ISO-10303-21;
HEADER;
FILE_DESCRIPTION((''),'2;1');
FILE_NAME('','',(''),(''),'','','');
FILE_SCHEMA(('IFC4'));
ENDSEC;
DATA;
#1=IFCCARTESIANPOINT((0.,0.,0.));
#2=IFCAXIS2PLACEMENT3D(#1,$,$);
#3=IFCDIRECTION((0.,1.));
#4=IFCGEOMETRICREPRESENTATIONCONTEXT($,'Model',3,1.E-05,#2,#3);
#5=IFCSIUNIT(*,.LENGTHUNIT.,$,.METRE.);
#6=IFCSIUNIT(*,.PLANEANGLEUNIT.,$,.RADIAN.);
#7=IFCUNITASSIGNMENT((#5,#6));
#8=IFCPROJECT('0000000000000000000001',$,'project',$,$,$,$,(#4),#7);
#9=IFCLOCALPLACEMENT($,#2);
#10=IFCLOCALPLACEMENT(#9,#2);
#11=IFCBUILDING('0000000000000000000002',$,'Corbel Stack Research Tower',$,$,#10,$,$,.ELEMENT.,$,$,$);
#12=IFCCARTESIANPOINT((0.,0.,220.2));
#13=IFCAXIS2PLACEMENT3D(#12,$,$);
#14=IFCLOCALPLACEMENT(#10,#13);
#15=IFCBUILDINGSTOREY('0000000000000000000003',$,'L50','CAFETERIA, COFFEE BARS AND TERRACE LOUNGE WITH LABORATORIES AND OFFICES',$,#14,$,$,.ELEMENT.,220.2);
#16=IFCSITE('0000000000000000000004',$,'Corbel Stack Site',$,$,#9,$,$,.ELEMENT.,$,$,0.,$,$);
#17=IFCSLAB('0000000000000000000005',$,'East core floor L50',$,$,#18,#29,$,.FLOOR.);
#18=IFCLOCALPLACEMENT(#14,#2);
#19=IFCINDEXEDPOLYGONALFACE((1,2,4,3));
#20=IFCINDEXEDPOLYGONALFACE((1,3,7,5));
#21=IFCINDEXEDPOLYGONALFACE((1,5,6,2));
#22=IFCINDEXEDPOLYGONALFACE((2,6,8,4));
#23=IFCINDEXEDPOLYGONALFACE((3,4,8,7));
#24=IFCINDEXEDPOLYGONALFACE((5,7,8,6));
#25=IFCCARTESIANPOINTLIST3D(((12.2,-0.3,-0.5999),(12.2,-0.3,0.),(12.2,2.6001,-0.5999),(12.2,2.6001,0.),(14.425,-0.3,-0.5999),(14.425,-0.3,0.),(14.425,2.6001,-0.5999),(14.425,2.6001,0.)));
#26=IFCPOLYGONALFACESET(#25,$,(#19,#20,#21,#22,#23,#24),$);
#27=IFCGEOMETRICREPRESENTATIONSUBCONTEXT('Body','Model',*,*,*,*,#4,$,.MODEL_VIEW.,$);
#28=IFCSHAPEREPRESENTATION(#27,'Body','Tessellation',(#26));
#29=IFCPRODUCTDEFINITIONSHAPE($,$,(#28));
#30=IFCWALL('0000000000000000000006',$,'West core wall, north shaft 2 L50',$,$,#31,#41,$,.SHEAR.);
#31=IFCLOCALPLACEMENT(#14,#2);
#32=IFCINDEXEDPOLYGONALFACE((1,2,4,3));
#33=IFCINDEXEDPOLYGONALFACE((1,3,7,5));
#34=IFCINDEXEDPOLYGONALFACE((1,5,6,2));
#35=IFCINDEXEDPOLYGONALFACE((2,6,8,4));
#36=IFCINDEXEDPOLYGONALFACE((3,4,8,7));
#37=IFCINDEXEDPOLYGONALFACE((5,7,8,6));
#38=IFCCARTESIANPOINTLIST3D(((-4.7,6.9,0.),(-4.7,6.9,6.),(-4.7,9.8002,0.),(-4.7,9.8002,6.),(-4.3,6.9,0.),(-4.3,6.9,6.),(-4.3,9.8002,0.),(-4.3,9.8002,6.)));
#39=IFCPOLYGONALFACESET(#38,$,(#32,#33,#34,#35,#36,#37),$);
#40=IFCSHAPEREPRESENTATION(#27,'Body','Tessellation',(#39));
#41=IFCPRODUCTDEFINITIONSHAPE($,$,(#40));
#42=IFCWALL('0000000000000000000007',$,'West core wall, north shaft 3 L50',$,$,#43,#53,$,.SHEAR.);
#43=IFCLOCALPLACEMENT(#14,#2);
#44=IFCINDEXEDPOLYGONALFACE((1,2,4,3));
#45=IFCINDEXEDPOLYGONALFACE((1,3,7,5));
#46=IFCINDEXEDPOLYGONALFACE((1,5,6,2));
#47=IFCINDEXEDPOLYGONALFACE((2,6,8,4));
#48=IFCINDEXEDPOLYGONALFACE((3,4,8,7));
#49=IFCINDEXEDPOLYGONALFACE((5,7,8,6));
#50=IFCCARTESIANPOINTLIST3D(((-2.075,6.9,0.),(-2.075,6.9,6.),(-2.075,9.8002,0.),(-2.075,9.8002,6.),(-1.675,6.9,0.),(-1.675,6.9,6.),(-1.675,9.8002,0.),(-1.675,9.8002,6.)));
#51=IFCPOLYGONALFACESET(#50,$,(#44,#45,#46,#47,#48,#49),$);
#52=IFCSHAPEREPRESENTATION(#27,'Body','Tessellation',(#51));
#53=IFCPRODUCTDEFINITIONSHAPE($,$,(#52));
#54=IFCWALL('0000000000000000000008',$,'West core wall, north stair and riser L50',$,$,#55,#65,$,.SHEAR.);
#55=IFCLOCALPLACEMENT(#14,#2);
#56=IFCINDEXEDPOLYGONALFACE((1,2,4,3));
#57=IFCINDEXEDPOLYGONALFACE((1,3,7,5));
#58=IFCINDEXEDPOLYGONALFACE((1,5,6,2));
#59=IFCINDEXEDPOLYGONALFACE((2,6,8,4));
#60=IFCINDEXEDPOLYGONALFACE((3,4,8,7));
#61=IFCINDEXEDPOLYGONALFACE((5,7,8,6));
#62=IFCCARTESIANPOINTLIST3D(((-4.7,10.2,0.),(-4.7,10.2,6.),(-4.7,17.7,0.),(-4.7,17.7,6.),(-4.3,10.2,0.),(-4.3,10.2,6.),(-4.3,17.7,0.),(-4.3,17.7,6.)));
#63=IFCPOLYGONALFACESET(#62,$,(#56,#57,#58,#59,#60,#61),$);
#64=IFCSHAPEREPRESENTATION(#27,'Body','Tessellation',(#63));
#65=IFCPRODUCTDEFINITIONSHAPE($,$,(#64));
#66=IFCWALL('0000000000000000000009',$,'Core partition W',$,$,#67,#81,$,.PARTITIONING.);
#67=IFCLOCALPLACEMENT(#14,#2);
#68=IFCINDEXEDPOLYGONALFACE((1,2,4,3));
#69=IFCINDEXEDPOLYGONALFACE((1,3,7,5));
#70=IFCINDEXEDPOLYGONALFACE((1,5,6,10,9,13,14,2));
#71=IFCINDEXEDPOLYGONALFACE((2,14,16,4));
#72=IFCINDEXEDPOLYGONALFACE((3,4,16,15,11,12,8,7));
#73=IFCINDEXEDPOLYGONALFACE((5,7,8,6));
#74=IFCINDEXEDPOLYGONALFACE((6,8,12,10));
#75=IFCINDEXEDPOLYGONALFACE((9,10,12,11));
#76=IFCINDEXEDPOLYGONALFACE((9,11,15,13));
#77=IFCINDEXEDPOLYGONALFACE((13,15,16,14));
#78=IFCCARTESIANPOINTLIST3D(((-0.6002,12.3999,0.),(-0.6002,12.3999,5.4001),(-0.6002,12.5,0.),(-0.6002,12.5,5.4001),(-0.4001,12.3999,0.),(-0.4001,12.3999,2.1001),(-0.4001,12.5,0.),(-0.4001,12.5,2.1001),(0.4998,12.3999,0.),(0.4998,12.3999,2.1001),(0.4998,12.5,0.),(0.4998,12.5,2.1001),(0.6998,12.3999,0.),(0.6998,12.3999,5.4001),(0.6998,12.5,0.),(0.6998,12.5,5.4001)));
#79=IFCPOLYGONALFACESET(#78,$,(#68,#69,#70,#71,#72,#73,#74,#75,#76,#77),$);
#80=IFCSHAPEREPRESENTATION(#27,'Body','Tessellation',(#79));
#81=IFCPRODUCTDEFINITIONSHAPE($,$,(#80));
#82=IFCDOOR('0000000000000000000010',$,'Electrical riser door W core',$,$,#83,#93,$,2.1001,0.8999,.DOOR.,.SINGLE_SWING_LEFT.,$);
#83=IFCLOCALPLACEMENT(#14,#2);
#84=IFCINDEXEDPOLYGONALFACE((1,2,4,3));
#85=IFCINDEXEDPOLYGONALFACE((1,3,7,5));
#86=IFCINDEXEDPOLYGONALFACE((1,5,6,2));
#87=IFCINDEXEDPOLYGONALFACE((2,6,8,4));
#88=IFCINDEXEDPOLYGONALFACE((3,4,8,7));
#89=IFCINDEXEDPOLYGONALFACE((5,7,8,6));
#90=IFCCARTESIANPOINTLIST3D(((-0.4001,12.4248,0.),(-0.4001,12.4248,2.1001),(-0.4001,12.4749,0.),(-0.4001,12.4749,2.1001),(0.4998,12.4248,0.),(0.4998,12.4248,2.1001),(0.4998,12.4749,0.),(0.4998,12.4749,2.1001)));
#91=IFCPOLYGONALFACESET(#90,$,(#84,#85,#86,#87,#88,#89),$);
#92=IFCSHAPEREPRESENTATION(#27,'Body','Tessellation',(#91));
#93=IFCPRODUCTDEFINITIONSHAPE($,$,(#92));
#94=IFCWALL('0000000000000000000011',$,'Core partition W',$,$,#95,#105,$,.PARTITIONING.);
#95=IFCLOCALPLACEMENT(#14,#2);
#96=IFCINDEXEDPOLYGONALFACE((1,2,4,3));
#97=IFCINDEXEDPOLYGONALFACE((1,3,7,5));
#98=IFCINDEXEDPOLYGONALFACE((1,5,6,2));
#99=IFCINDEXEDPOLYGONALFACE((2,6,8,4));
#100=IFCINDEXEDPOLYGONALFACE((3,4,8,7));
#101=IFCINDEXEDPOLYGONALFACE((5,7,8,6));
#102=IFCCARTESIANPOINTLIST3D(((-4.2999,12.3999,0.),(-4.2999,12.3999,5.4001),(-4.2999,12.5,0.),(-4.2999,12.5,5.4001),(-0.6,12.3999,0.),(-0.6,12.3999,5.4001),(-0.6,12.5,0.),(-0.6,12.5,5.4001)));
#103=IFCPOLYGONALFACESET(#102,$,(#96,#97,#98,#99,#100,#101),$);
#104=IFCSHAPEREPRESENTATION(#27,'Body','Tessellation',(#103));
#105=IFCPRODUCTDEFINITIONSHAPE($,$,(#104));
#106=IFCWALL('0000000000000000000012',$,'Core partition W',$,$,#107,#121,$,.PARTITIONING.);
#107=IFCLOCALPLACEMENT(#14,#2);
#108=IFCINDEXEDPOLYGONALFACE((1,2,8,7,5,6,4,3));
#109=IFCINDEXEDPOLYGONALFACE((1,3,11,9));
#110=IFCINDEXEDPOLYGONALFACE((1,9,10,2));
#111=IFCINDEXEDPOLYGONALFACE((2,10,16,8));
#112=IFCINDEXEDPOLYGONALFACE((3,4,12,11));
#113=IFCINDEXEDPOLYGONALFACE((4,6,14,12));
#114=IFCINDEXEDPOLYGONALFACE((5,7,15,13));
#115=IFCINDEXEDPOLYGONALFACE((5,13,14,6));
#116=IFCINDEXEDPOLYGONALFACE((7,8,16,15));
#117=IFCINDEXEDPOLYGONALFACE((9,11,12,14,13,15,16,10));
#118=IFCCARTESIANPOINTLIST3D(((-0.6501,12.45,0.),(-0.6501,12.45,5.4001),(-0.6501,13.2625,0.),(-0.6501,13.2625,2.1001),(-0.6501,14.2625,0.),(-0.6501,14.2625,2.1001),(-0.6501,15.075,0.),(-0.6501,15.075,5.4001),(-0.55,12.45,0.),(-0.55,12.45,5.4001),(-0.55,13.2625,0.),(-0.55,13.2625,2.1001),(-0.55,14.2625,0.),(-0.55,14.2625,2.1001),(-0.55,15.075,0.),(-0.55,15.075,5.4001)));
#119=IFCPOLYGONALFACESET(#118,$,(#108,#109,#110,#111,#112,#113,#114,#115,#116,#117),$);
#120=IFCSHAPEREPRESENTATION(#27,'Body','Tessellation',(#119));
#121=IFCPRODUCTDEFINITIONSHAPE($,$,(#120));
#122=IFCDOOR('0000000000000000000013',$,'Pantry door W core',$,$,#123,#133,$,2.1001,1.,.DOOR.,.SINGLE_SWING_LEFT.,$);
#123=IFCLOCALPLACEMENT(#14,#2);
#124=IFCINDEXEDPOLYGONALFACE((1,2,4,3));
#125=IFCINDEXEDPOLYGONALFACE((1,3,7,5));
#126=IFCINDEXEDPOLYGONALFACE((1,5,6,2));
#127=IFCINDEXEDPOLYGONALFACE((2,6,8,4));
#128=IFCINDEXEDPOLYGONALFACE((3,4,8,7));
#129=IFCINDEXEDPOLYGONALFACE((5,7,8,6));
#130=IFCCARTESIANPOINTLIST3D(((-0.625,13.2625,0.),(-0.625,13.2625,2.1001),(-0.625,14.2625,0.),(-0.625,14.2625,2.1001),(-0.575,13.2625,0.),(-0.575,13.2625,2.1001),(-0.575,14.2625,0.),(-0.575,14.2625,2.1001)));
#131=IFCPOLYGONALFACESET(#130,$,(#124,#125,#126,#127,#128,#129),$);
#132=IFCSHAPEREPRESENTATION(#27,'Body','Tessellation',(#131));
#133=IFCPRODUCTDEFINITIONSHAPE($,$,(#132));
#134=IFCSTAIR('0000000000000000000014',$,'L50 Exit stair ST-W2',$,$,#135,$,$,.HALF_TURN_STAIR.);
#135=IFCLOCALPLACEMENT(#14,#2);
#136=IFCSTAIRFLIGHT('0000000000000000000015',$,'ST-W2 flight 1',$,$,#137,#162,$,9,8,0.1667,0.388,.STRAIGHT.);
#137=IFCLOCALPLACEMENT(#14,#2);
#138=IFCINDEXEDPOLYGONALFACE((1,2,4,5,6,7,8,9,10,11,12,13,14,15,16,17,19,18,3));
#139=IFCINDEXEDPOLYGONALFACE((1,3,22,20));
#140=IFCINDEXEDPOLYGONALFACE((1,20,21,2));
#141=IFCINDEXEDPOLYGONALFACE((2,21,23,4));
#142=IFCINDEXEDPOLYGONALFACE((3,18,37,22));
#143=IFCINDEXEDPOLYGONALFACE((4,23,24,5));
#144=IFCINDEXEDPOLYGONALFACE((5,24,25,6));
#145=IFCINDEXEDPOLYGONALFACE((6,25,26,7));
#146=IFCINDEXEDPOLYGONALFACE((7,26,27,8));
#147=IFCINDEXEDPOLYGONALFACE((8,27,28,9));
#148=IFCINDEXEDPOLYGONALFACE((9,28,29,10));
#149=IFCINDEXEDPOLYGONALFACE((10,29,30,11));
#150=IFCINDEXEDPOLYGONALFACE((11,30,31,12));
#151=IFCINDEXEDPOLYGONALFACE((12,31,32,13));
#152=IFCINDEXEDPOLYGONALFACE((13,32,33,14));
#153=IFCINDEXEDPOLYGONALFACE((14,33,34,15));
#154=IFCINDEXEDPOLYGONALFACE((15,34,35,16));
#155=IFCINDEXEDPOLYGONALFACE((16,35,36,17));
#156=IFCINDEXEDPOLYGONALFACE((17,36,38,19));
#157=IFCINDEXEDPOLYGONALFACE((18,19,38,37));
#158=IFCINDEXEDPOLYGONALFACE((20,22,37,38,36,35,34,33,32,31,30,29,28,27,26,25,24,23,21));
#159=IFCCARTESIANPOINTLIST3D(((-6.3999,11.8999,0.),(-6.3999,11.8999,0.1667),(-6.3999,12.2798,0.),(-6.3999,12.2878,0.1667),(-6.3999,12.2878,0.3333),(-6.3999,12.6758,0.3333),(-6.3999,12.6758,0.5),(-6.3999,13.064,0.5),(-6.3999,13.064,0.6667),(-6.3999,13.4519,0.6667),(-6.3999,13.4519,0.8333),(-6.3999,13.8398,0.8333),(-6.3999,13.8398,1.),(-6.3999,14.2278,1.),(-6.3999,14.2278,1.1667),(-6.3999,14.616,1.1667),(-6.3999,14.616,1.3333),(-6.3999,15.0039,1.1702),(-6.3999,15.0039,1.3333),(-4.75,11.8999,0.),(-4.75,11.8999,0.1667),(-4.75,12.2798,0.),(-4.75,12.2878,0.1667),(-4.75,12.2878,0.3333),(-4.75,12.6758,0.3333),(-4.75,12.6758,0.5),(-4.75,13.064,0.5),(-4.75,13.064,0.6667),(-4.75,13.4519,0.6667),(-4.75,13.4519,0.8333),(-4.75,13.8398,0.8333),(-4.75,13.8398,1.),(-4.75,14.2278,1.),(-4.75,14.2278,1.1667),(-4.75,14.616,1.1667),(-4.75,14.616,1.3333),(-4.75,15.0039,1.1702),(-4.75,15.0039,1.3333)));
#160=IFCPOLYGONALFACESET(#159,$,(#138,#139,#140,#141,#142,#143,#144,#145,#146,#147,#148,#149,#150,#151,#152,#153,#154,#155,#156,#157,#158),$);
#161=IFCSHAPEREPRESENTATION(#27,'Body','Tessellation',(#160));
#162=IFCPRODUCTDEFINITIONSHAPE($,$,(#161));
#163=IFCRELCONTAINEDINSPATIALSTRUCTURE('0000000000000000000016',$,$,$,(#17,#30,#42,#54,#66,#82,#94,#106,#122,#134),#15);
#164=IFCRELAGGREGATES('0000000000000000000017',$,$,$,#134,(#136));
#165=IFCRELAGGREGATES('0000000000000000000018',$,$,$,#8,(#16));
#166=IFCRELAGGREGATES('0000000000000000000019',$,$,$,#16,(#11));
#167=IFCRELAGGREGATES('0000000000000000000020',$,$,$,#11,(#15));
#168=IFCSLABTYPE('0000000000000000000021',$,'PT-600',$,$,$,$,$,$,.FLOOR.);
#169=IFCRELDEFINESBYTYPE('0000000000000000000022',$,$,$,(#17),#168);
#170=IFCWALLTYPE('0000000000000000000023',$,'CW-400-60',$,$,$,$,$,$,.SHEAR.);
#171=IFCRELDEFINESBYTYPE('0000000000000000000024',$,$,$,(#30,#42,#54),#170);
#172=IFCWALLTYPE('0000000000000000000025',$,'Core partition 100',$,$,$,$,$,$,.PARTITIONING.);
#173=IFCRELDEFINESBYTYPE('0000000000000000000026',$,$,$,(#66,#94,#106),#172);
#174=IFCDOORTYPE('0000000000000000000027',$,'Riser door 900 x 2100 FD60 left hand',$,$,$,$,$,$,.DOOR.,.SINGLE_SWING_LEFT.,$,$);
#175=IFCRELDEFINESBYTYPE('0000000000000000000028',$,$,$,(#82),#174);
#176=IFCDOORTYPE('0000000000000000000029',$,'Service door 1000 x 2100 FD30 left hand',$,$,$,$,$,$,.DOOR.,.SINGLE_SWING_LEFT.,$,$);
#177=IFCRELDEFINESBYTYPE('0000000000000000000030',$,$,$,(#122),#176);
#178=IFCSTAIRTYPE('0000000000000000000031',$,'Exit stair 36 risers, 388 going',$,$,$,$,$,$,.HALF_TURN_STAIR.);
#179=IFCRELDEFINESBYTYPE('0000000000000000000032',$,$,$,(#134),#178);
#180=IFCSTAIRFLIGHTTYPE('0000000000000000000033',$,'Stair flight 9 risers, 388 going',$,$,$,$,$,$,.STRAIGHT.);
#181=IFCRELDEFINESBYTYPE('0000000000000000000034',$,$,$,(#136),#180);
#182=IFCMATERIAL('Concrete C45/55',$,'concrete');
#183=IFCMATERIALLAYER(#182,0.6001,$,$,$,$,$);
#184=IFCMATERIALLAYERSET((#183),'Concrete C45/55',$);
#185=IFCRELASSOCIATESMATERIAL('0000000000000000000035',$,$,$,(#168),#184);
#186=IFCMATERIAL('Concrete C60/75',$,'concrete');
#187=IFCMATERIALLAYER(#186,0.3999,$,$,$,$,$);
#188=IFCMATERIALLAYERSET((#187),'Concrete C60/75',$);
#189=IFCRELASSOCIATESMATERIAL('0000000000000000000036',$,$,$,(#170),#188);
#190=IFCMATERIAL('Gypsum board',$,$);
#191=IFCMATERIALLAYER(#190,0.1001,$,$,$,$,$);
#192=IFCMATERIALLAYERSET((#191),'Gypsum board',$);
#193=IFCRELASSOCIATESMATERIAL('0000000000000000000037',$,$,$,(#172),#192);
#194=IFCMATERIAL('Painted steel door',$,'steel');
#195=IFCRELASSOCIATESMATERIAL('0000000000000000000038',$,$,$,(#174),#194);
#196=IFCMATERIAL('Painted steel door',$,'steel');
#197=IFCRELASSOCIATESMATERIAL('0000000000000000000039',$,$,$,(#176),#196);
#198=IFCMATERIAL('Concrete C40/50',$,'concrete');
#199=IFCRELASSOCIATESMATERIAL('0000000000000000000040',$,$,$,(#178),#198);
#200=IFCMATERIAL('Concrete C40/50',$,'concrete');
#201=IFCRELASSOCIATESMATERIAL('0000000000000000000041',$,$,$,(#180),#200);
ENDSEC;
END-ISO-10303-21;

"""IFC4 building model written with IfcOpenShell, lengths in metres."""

from ifc_helpers import new_model, si_unit, direction, frame, frame_2d, origin, place, context, subcontext, project, spatial, polyline, rectangle, outline, extrude, material, layer, layer_set, type_object, element, fill, aggregate, save


model = new_model("IFC4")

# Units and contexts
model_context = context("Model", 3, precision=1e-05, world=origin(), true_north=direction((0.0, 1.0)))
body_context = subcontext(model_context, "Body", "Model", "MODEL_VIEW")
ifc_project = project(units=[si_unit("LENGTHUNIT", "METRE"), si_unit("PLANEANGLEUNIT", "RADIAN")], contexts=[model_context])

# Site, building, storey
site_placement = place(None, origin())
site = spatial("IfcSite", under=ifc_project, at=site_placement, Name="Corbel Stack Site", CompositionType="ELEMENT", RefElevation=0.0)
building_placement = place(site_placement, origin())
building = spatial("IfcBuilding", under=site, at=building_placement, Name="Corbel Stack Research Tower", CompositionType="ELEMENT")
storey_placement = place(building_placement, frame((0.0, 0.0, 220.2)))
storey = spatial("IfcBuildingStorey", under=building, at=storey_placement, Name="L50", Description="CAFETERIA, COFFEE BARS AND TERRACE LOUNGE WITH LABORATORIES AND OFFICES", CompositionType="ELEMENT", Elevation=220.2)

# Slab
ifc_material_1 = material(Name="Concrete C45/55", Category="concrete")
ifc_layer_1 = layer(ifc_material_1, 0.6001)
ifc_layer_set_1 = layer_set([ifc_layer_1], Name="Concrete C45/55")
slab_type = type_object("IfcSlabType", Name="PT-600", PredefinedType="FLOOR", material=ifc_layer_set_1)
slab_placement = place(storey_placement, frame((0.0, 0.0, -0.5999)))
element("IfcSlab", 1, at=slab_placement, inside=storey, type_object=slab_type, Name="East core floor L50", PredefinedType="FLOOR", context=body_context, shape_type="SweptSolid", body=[
    extrude(outline(polyline([(14.425, -0.3), (14.425, 2.6001), (12.2, 2.6001), (12.2, -0.3), (14.425, -0.3)])), origin(), (0.0, 0.0, 1.0), 0.5999),
])

# Walls
ifc_material_2 = material(Name="Concrete C60/75", Category="concrete")
ifc_layer_2 = layer(ifc_material_2, 0.3999)
ifc_layer_set_2 = layer_set([ifc_layer_2], Name="Concrete C60/75")
wall_type_1 = type_object("IfcWallType", Name="CW-400-60", PredefinedType="SHEAR", material=ifc_layer_set_2)
for number, where, z_axis, x_axis, name in (
    (2, (-4.5, 6.8999, 0.0), (0.0, 0.0, 1.0), (0.0, 1.0, 0.0), "West core wall, north shaft 2 L50"),
    (3, (-1.875, 6.8999, 0.0), (0.0, 0.0, 1.0), (0.0, 1.0, 0.0), "West core wall, north shaft 3 L50"),
):
    element("IfcWall", number, at=place(storey_placement, frame(where, z_axis=z_axis, x_axis=x_axis)), inside=storey, type_object=wall_type_1, Name=name, PredefinedType="SHEAR", context=body_context, shape_type="SweptSolid", body=[
        extrude(rectangle(XDim=2.9001, YDim=0.3999, at=frame_2d((1.4502, 0.0))), origin(), (0.0, 0.0, 1.0), 6.0),
    ])
wall_1_placement = place(storey_placement, frame((-4.5, 10.2, 0.0), z_axis=(0.0, 0.0, 1.0), x_axis=(0.0, 1.0, 0.0)))
element("IfcWall", 4, at=wall_1_placement, inside=storey, type_object=wall_type_1, Name="West core wall, north stair and riser L50", PredefinedType="SHEAR", context=body_context, shape_type="SweptSolid", body=[
    extrude(rectangle(XDim=7.5, YDim=0.3999, at=frame_2d((3.75, 0.0))), origin(), (0.0, 0.0, 1.0), 6.0),
])

# Wall, opening, door
ifc_material_3 = material(Name="Gypsum board")
ifc_layer_3 = layer(ifc_material_3, 0.1001)
ifc_layer_set_3 = layer_set([ifc_layer_3], Name="Gypsum board")
wall_type_2 = type_object("IfcWallType", Name="Core partition 100", PredefinedType="PARTITIONING", material=ifc_layer_set_3)
wall_2_placement = place(storey_placement, frame((-0.6001, 12.45, 0.0), z_axis=(0.0, 0.0, 1.0), x_axis=(1.0, 0.0, 0.0)))
wall_2 = element("IfcWall", 5, at=wall_2_placement, inside=storey, type_object=wall_type_2, Name="Core partition W", PredefinedType="PARTITIONING", context=body_context, shape_type="SweptSolid", body=[
    extrude(rectangle(XDim=1.3, YDim=0.1001, at=frame_2d((0.6499, 0.0))), origin(), (0.0, 0.0, 1.0), 5.4001),
])
opening_1_placement = place(wall_2_placement, frame((0.2, 0.0, 0.0)))
opening_1 = element("IfcOpeningElement", 6, at=opening_1_placement, cuts=wall_2, PredefinedType="OPENING", context=body_context, shape_type="SweptSolid", body=[
    extrude(rectangle(XDim=0.8999, YDim=2.1001, at=frame_2d((0.45, 1.05))), frame((0.0, 0.0601, 0.0), z_axis=(0.0, -1.0, 0.0), x_axis=(1.0, 0.0, 0.0)), (0.0, 0.0, 1.0), 0.1201),
])
ifc_material_4 = material(Name="Painted steel door", Category="steel")
door_type_1 = type_object("IfcDoorType", Name="Riser door 900 x 2100 FD60 left hand", OperationType="SINGLE_SWING_LEFT", PredefinedType="DOOR", material=ifc_material_4)
door_1_placement = place(opening_1_placement, origin())
door_1 = element("IfcDoor", 7, at=door_1_placement, inside=storey, type_object=door_type_1, Name="Electrical riser door W core", OperationType="SINGLE_SWING_LEFT", OverallHeight=2.1001, OverallWidth=0.8999, PredefinedType="DOOR", context=body_context, shape_type="SweptSolid", body=[
    extrude(rectangle(XDim=0.8999, YDim=2.1001, at=frame_2d((0.45, 1.05))), frame((0.0, 0.0249, 0.0), z_axis=(0.0, -1.0, 0.0), x_axis=(1.0, 0.0, 0.0)), (0.0, 0.0, 1.0), 0.05),
])
fill(opening_1, door_1)

# Wall
wall_3_placement = place(storey_placement, frame((-4.3, 12.45, 0.0), z_axis=(0.0, 0.0, 1.0), x_axis=(1.0, 0.0, 0.0)))
element("IfcWall", 8, at=wall_3_placement, inside=storey, type_object=wall_type_2, Name="Core partition W", PredefinedType="PARTITIONING", context=body_context, shape_type="SweptSolid", body=[
    extrude(rectangle(XDim=3.7, YDim=0.1001, at=frame_2d((1.8501, 0.0))), origin(), (0.0, 0.0, 1.0), 5.4001),
])

# Wall, opening, door
wall_4_placement = place(storey_placement, frame((-0.6001, 12.45, 0.0), z_axis=(0.0, 0.0, 1.0), x_axis=(0.0, 1.0, 0.0)))
wall_4 = element("IfcWall", 9, at=wall_4_placement, inside=storey, type_object=wall_type_2, Name="Core partition W", PredefinedType="PARTITIONING", context=body_context, shape_type="SweptSolid", body=[
    extrude(rectangle(XDim=2.625, YDim=0.1001, at=frame_2d((1.3125, 0.0))), origin(), (0.0, 0.0, 1.0), 5.4001),
])
opening_2_placement = place(wall_4_placement, frame((0.8125, 0.0, 0.0)))
opening_2 = element("IfcOpeningElement", 10, at=opening_2_placement, cuts=wall_4, PredefinedType="OPENING", context=body_context, shape_type="SweptSolid", body=[
    extrude(rectangle(XDim=1.0, YDim=2.1001, at=frame_2d((0.5, 1.05))), frame((0.0, 0.0601, 0.0), z_axis=(0.0, -1.0, 0.0), x_axis=(1.0, 0.0, 0.0)), (0.0, 0.0, 1.0), 0.1201),
])
ifc_material_5 = material(Name="Painted steel door", Category="steel")
door_type_2 = type_object("IfcDoorType", Name="Service door 1000 x 2100 FD30 left hand", OperationType="SINGLE_SWING_LEFT", PredefinedType="DOOR", material=ifc_material_5)
door_2_placement = place(opening_2_placement, origin())
door_2 = element("IfcDoor", 11, at=door_2_placement, inside=storey, type_object=door_type_2, Name="Pantry door W core", OperationType="SINGLE_SWING_LEFT", OverallHeight=2.1001, OverallWidth=1.0, PredefinedType="DOOR", context=body_context, shape_type="SweptSolid", body=[
    extrude(rectangle(XDim=1.0, YDim=2.1001, at=frame_2d((0.5, 1.05))), frame((0.0, 0.0249, 0.0), z_axis=(0.0, -1.0, 0.0), x_axis=(1.0, 0.0, 0.0)), (0.0, 0.0, 1.0), 0.05),
])
fill(opening_2, door_2)

# Stair, stair flight
ifc_material_6 = material(Name="Concrete C40/50", Category="concrete")
stair_type = type_object("IfcStairType", Name="Exit stair 36 risers, 388 going", PredefinedType="HALF_TURN_STAIR", material=ifc_material_6)
stair_placement = place(storey_placement, origin())
stair = element("IfcStair", 12, at=stair_placement, inside=storey, type_object=stair_type, Name="L50 Exit stair ST-W2", PredefinedType="HALF_TURN_STAIR")
ifc_material_7 = material(Name="Concrete C40/50", Category="concrete")
stair_flight_type = type_object("IfcStairFlightType", Name="Stair flight 9 risers, 388 going", PredefinedType="STRAIGHT", material=ifc_material_7)
stair_flight_1_placement = place(storey_placement, frame((-5.575, 11.8999, 0.0), z_axis=(0.0, 0.0, 1.0), x_axis=(0.0, 1.0, 0.0)))
stair_flight_1 = element("IfcStairFlight", 13, at=stair_flight_1_placement, type_object=stair_flight_type, Name="ST-W2 flight 1", NumberOfRisers=9, NumberOfTreads=8, PredefinedType="STRAIGHT", RiserHeight=0.1667, TreadLength=0.388, context=body_context, shape_type="SweptSolid", body=[
    extrude(outline(polyline([(0.0, 0.0), (0.0, 0.1667), (0.3879, 0.1667), (0.3879, 0.3333), (0.7759, 0.3333), (0.7759, 0.5), (1.1641, 0.5), (1.1641, 0.6667), (1.552, 0.6667), (1.552, 0.8333), (1.9399, 0.8333), (1.9399, 1.0), (2.3279, 1.0), (2.3279, 1.1667), (2.7161, 1.1667), (2.7161, 1.3333), (3.104, 1.3333), (3.104, 1.5), (3.104, 1.1702), (0.3799, 0.0), (0.0, 0.0)])), frame((0.0, 0.825, 0.0), z_axis=(0.0, -1.0, 0.0), x_axis=(1.0, 0.0, 0.0)), (0.0, 0.0, 1.0), 1.6499),
])
aggregate(stair, [stair_flight_1])

save(model, "model.ifc")
